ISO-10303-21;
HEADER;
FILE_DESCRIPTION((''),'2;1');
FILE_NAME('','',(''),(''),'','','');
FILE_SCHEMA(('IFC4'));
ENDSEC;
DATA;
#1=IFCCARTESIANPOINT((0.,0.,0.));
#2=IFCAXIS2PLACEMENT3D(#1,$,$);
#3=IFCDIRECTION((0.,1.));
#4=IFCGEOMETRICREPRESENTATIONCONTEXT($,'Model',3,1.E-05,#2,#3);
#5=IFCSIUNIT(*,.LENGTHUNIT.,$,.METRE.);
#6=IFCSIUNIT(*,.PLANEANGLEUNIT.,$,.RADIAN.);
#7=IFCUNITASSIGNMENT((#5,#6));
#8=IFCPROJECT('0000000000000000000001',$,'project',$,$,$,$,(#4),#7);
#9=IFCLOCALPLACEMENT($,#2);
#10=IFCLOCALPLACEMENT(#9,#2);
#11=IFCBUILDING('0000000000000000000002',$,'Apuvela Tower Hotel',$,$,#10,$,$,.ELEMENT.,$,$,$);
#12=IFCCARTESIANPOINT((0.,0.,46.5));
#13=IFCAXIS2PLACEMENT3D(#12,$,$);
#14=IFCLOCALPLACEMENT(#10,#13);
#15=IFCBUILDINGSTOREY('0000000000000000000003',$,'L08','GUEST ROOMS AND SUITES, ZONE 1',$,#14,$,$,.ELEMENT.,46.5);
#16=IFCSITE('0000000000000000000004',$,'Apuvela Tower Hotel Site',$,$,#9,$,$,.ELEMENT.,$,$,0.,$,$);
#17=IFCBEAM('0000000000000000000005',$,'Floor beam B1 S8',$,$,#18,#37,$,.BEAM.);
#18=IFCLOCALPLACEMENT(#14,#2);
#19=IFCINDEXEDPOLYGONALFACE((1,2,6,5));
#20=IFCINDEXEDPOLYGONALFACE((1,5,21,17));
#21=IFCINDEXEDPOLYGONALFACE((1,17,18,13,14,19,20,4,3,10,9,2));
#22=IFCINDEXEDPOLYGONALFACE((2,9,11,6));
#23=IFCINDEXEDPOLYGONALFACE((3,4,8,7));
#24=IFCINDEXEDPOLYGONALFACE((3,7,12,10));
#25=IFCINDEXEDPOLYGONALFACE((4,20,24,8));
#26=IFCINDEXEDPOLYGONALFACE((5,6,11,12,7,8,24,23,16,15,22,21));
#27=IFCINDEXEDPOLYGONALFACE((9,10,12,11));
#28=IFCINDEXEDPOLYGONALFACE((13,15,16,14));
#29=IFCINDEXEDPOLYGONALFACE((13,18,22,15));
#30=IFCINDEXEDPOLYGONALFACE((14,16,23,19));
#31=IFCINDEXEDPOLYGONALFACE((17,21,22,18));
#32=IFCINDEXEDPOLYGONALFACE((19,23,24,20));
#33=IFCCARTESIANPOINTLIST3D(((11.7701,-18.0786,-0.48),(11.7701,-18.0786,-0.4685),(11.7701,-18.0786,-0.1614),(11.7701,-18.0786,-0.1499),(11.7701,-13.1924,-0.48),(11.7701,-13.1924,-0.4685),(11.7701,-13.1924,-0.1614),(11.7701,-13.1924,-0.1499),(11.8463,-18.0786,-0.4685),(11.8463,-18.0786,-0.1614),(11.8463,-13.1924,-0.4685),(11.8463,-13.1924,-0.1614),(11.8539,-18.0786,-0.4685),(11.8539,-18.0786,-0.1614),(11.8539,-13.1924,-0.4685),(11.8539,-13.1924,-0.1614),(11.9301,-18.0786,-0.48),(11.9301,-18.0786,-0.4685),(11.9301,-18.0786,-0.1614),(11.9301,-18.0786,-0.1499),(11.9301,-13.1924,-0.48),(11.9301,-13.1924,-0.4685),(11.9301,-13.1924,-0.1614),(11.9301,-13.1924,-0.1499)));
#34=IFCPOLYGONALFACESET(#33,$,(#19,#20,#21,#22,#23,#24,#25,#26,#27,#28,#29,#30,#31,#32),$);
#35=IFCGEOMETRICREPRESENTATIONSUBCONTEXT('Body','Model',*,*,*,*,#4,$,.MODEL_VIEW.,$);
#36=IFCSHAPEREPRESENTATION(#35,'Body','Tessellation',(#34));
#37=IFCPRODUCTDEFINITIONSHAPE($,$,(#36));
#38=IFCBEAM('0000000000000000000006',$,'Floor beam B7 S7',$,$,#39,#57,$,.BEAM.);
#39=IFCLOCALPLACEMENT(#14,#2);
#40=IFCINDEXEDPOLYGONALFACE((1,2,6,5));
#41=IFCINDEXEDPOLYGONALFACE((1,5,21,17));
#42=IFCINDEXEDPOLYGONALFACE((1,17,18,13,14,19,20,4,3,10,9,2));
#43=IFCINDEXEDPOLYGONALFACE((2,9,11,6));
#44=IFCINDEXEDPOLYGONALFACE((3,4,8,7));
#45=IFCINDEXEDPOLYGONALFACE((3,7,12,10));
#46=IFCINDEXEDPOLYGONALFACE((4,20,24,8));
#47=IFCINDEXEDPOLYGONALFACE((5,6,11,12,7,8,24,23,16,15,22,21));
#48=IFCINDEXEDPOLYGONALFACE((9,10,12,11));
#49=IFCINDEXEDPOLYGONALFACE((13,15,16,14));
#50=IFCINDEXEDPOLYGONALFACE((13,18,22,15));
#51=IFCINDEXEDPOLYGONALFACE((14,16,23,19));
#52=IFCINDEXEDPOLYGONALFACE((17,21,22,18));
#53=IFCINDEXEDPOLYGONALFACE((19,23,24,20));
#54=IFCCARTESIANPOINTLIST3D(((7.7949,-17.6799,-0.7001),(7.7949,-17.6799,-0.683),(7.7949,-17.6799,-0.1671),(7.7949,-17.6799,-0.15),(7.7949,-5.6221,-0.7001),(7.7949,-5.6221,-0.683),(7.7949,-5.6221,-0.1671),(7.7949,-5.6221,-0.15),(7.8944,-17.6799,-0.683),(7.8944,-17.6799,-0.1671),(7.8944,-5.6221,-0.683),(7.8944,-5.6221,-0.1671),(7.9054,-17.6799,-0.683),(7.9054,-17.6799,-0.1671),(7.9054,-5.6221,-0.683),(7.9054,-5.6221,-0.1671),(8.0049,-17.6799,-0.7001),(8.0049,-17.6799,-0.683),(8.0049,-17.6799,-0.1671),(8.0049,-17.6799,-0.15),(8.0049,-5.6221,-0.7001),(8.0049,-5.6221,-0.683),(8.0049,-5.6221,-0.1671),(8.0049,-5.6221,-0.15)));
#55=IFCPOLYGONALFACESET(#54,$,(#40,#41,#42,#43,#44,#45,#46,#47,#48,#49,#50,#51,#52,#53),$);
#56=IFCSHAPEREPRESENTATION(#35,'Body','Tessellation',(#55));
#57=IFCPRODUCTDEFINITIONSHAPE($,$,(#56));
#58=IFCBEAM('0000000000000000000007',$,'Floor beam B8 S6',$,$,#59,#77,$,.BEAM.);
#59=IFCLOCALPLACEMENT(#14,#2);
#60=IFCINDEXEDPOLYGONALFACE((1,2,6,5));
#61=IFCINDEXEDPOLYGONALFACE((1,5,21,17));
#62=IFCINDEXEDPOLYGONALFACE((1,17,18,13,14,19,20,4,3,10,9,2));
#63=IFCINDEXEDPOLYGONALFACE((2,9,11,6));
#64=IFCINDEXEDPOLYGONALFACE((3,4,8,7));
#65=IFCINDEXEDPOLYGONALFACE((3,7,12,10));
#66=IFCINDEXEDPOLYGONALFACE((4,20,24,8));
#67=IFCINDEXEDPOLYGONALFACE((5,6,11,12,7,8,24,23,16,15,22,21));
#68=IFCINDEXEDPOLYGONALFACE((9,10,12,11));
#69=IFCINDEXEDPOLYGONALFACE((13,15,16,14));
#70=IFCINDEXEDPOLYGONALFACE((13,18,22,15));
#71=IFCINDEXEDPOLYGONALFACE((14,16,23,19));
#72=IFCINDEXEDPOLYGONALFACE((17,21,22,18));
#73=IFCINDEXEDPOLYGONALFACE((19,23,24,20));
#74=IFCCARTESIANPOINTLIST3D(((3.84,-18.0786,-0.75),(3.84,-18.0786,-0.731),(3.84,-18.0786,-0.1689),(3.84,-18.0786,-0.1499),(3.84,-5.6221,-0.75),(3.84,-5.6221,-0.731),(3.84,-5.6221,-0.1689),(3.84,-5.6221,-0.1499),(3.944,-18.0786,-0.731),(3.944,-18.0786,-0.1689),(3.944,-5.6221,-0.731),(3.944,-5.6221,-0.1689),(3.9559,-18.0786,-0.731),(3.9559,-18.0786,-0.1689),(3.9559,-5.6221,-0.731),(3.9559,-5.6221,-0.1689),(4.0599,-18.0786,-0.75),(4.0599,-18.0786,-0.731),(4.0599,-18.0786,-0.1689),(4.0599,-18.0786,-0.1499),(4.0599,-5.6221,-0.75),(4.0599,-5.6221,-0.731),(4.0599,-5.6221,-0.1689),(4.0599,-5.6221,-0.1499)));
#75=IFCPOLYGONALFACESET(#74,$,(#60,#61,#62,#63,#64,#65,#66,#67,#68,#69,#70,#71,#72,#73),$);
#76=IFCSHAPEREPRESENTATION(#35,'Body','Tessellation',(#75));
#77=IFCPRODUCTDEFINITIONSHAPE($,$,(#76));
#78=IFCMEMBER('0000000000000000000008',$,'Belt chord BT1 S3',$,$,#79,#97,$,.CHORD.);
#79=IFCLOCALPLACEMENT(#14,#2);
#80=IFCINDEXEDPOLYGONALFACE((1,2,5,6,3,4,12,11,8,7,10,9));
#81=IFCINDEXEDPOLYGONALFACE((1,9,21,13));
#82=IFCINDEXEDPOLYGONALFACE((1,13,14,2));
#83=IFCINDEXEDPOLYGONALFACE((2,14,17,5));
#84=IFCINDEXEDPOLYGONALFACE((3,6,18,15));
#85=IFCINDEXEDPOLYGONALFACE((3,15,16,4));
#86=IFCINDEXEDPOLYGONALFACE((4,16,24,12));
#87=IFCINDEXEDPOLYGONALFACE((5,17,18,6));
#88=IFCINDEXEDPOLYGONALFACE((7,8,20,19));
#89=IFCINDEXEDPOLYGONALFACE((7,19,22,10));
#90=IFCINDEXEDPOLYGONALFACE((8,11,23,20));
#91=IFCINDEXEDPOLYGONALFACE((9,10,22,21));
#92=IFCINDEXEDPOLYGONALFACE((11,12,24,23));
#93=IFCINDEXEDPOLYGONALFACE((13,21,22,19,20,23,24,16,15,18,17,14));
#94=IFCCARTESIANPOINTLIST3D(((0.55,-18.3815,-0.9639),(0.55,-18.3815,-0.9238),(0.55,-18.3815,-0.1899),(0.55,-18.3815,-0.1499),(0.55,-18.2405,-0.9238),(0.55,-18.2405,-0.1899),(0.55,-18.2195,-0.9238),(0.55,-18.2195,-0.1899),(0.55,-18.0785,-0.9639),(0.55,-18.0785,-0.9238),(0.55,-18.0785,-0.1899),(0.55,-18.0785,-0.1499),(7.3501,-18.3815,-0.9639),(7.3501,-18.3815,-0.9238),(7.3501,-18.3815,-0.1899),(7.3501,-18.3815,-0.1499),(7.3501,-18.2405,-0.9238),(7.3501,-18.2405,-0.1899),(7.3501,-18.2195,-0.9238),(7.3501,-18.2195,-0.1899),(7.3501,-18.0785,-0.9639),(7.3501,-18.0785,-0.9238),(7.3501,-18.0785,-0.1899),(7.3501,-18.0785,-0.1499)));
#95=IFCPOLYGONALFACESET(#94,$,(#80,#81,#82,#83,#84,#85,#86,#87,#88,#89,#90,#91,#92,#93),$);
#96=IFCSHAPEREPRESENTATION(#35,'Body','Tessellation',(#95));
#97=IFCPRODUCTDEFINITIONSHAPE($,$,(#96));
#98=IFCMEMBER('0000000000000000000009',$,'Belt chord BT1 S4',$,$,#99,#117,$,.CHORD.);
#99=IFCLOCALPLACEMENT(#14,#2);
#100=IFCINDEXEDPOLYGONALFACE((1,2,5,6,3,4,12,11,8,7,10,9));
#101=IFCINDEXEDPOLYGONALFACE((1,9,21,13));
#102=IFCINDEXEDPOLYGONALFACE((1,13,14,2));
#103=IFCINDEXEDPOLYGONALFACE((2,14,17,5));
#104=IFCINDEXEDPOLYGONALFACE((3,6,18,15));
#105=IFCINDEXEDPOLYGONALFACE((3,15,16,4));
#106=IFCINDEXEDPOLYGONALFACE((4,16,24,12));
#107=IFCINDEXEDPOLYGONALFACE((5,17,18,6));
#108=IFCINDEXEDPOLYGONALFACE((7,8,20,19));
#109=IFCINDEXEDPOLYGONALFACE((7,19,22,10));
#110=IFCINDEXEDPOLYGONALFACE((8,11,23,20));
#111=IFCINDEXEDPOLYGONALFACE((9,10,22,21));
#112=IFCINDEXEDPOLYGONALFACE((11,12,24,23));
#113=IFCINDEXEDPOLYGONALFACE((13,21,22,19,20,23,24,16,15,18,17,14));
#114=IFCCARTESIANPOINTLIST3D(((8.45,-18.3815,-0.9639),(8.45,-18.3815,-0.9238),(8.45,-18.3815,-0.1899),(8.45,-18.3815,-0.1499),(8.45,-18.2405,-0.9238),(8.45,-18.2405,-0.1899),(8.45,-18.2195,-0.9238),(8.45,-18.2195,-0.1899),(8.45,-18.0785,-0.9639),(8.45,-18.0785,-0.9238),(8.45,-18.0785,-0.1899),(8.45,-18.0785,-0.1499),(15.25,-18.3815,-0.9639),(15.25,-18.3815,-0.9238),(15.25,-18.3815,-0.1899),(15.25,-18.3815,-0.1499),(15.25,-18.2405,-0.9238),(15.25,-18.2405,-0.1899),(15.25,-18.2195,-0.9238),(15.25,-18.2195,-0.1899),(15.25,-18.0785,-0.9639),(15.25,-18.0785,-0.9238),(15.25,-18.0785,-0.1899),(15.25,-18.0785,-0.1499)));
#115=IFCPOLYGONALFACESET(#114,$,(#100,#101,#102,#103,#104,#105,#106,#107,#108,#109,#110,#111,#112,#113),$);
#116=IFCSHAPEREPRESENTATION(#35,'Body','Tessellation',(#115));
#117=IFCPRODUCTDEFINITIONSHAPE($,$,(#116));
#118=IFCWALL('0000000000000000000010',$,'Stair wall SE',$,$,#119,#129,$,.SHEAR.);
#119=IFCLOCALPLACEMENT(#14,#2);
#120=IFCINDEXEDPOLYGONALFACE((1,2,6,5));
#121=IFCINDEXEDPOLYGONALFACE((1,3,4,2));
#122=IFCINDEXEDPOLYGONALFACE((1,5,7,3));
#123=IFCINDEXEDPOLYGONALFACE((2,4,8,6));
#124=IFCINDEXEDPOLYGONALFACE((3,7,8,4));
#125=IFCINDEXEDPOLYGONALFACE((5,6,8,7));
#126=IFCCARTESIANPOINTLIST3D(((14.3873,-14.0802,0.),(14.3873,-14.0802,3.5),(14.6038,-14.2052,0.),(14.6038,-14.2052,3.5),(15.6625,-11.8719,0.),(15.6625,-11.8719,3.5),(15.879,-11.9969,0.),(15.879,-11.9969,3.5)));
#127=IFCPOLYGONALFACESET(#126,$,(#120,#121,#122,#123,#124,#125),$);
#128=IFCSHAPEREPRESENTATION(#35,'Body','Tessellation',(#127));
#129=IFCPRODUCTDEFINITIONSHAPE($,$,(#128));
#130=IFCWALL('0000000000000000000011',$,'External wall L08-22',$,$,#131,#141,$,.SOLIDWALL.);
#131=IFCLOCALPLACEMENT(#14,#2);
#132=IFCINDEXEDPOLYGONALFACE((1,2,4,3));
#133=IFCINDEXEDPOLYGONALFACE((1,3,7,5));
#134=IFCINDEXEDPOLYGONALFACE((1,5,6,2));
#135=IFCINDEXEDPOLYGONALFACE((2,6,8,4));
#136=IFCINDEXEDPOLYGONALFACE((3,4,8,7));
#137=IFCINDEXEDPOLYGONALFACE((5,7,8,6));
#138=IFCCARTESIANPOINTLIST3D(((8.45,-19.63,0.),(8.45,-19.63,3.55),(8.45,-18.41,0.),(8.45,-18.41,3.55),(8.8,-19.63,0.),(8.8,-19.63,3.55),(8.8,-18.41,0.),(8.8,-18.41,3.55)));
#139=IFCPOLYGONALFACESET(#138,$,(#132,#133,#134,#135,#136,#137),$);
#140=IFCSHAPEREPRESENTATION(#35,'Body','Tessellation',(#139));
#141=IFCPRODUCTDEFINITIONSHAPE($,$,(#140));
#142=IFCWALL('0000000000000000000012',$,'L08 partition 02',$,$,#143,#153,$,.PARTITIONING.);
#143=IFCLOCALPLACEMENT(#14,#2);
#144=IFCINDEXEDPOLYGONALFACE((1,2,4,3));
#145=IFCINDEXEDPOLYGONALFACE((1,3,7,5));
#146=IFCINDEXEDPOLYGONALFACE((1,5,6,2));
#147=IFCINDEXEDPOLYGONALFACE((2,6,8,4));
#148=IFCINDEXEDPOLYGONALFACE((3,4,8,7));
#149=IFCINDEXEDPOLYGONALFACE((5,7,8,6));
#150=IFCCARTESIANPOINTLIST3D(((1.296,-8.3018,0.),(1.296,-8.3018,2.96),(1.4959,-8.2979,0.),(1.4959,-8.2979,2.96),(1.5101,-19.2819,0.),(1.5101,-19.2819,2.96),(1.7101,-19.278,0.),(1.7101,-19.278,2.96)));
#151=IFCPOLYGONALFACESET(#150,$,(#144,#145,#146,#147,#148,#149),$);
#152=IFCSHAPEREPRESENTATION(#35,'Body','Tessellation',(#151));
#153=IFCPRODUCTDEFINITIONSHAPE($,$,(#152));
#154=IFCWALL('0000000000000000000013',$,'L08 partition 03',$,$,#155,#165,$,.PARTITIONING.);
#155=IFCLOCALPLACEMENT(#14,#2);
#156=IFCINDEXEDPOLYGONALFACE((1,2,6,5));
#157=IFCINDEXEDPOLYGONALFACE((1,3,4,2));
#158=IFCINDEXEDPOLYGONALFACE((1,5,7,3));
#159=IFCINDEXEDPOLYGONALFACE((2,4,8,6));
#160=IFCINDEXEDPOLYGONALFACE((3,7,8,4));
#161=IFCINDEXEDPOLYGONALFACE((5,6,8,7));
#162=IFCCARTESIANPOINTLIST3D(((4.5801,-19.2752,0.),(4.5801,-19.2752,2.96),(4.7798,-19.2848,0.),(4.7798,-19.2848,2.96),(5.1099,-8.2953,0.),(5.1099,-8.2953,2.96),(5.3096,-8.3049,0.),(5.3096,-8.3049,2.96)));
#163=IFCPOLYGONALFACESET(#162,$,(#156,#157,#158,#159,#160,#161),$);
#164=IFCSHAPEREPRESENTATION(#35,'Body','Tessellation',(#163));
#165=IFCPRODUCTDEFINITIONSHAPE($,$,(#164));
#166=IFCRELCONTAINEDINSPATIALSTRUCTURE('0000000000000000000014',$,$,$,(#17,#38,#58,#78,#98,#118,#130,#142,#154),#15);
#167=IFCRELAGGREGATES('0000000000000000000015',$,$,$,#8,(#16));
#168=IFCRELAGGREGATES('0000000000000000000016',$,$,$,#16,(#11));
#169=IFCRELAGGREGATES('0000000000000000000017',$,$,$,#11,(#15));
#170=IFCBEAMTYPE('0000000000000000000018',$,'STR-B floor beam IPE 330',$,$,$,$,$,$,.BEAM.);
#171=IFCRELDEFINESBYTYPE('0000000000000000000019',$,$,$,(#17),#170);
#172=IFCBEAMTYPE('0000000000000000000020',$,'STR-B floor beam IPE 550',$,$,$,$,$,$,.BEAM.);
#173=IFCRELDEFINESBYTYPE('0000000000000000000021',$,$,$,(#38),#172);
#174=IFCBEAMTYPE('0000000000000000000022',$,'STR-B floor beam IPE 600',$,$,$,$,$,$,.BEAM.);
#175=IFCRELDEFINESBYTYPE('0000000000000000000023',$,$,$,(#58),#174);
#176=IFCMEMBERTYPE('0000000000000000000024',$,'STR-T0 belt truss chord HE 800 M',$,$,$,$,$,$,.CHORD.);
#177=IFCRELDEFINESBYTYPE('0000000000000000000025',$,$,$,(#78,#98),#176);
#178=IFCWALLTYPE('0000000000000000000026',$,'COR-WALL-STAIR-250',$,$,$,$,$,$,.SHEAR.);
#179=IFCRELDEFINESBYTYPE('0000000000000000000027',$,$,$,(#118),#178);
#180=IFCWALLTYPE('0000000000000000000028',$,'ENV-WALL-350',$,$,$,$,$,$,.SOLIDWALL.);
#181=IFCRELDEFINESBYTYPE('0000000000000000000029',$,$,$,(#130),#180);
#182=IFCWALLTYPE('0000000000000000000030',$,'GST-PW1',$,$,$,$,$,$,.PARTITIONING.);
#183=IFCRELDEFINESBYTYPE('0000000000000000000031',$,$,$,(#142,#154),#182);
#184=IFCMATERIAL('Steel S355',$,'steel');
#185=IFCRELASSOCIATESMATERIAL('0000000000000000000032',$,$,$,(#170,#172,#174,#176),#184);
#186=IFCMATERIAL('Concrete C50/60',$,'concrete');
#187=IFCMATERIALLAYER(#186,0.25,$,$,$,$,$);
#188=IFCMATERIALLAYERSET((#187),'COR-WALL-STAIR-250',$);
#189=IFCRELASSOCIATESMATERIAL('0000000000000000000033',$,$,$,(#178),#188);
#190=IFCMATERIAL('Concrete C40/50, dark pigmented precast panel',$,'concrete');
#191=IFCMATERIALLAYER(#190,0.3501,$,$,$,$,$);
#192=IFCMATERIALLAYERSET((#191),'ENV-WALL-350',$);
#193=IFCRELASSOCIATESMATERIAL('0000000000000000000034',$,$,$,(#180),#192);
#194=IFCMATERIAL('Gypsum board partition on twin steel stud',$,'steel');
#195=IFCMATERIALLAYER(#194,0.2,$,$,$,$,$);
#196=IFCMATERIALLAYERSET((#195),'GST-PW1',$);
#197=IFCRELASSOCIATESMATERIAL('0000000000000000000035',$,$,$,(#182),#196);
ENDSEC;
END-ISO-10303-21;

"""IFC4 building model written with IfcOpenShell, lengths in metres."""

from ifc_helpers import new_model, si_unit, direction, frame, frame_2d, origin, origin_2d, place, context, subcontext, project, spatial, rectangle, i_section, extrude, material, layer, layer_set, material_profile, profile_set, type_object, element, save


model = new_model("IFC4")

# Units and contexts
model_context = context("Model", 3, precision=1e-05, world=origin(), true_north=direction((0.0, 1.0)))
body_context = subcontext(model_context, "Body", "Model", "MODEL_VIEW")
ifc_project = project(units=[si_unit("LENGTHUNIT", "METRE"), si_unit("PLANEANGLEUNIT", "RADIAN")], contexts=[model_context])

# Site, building, storey
site_placement = place(None, origin())
site = spatial("IfcSite", under=ifc_project, at=site_placement, Name="Apuvela Tower Hotel Site", CompositionType="ELEMENT", RefElevation=0.0)
building_placement = place(site_placement, origin())
building = spatial("IfcBuilding", under=site, at=building_placement, Name="Apuvela Tower Hotel", CompositionType="ELEMENT")
storey_placement = place(building_placement, frame((0.0, 0.0, 46.5)))
storey = spatial("IfcBuildingStorey", under=building, at=storey_placement, Name="L08", Description="GUEST ROOMS AND SUITES, ZONE 1", CompositionType="ELEMENT", Elevation=46.5)

# Beams
ifc_material_1 = material(Name="Steel S355", Category="steel")
ifc_material_profile_1 = material_profile(ifc_material_1, i_section(OverallWidth=0.1599, OverallDepth=0.3301, WebThickness=0.0076, FlangeThickness=0.0115, at=origin_2d()), Name="IPE 330")
ifc_profile_set_1 = profile_set([ifc_material_profile_1], Name="Steel S355")
beam_type_1 = type_object("IfcBeamType", Name="STR-B floor beam IPE 330", PredefinedType="BEAM", material=ifc_profile_set_1)
beam_1_placement = place(storey_placement, frame((11.8501, -18.0786, -0.3149), z_axis=(0.0, 1.0, 0.0), x_axis=(-1.0, 0.0, 0.0)))
element("IfcBeam", 1, at=beam_1_placement, inside=storey, type_object=beam_type_1, Name="Floor beam B1 S8", PredefinedType="BEAM", context=body_context, shape_type="SweptSolid", body=[
    extrude(i_section(OverallWidth=0.1599, OverallDepth=0.3301, WebThickness=0.0076, FlangeThickness=0.0115, at=origin_2d()), origin(), (0.0, 0.0, 1.0), 4.8862),
])
ifc_material_profile_2 = material_profile(ifc_material_1, i_section(OverallWidth=0.21, OverallDepth=0.55, WebThickness=0.011, FlangeThickness=0.0171, at=origin_2d()), Name="IPE 550")
ifc_profile_set_2 = profile_set([ifc_material_profile_2], Name="Steel S355")
beam_type_2 = type_object("IfcBeamType", Name="STR-B floor beam IPE 550", PredefinedType="BEAM", material=ifc_profile_set_2)
beam_2_placement = place(storey_placement, frame((7.8999, -17.6799, -0.425), z_axis=(0.0, 1.0, 0.0), x_axis=(-1.0, 0.0, 0.0)))
element("IfcBeam", 2, at=beam_2_placement, inside=storey, type_object=beam_type_2, Name="Floor beam B7 S7", PredefinedType="BEAM", context=body_context, shape_type="SweptSolid", body=[
    extrude(i_section(OverallWidth=0.21, OverallDepth=0.55, WebThickness=0.011, FlangeThickness=0.0171, at=origin_2d()), origin(), (0.0, 0.0, 1.0), 12.0579),
])
ifc_material_profile_3 = material_profile(ifc_material_1, i_section(OverallWidth=0.22, OverallDepth=0.6001, WebThickness=0.012, FlangeThickness=0.019, at=origin_2d()), Name="IPE 600")
ifc_profile_set_3 = profile_set([ifc_material_profile_3], Name="Steel S355")
beam_type_3 = type_object("IfcBeamType", Name="STR-B floor beam IPE 600", PredefinedType="BEAM", material=ifc_profile_set_3)
beam_3_placement = place(storey_placement, frame((3.95, -18.0786, -0.45), z_axis=(0.0, 1.0, 0.0), x_axis=(-1.0, 0.0, 0.0)))
element("IfcBeam", 3, at=beam_3_placement, inside=storey, type_object=beam_type_3, Name="Floor beam B8 S6", PredefinedType="BEAM", context=body_context, shape_type="SweptSolid", body=[
    extrude(i_section(OverallWidth=0.22, OverallDepth=0.6001, WebThickness=0.012, FlangeThickness=0.019, at=origin_2d()), origin(), (0.0, 0.0, 1.0), 12.4565),
])

# Members
ifc_material_profile_4 = material_profile(ifc_material_1, i_section(OverallWidth=0.303, OverallDepth=0.814, WebThickness=0.021, FlangeThickness=0.04, at=origin_2d()), Name="HE 800 M")
ifc_profile_set_4 = profile_set([ifc_material_profile_4], Name="Steel S355")
member_type = type_object("IfcMemberType", Name="STR-T0 belt truss chord HE 800 M", PredefinedType="CHORD", material=ifc_profile_set_4)
for number, where, z_axis, x_axis, name in (
    (4, (0.55, -18.23, -0.5569), (1.0, 0.0, 0.0), (0.0, 1.0, 0.0), "Belt chord BT1 S3"),
    (5, (8.45, -18.23, -0.5569), (1.0, 0.0, 0.0), (0.0, 1.0, 0.0), "Belt chord BT1 S4"),
):
    element("IfcMember", number, at=place(storey_placement, frame(where, z_axis=z_axis, x_axis=x_axis)), inside=storey, type_object=member_type, Name=name, PredefinedType="CHORD", context=body_context, shape_type="SweptSolid", body=[
        extrude(i_section(OverallWidth=0.303, OverallDepth=0.814, WebThickness=0.021, FlangeThickness=0.04, at=origin_2d()), origin(), (0.0, 0.0, 1.0), 6.8),
    ])

# Walls
ifc_material_2 = material(Name="Concrete C50/60", Category="concrete")
ifc_layer_1 = layer(ifc_material_2, 0.25)
ifc_layer_set_1 = layer_set([ifc_layer_1], Name="COR-WALL-STAIR-250")
wall_type_1 = type_object("IfcWallType", Name="COR-WALL-STAIR-250", PredefinedType="SHEAR", material=ifc_layer_set_1)
wall_1_placement = place(storey_placement, frame((14.4956, -14.1426, 0.0), z_axis=(0.0, 0.0, 1.0), x_axis=(0.500062, 0.865989, 0.0)))
element("IfcWall", 6, at=wall_1_placement, inside=storey, type_object=wall_type_1, Name="Stair wall SE", PredefinedType="SHEAR", context=body_context, shape_type="SweptSolid", body=[
    extrude(rectangle(XDim=2.55, YDim=0.25, at=frame_2d((1.2749, 0.0))), origin(), (0.0, 0.0, 1.0), 3.5),
])
ifc_material_3 = material(Name="Concrete C40/50, dark pigmented precast panel", Category="concrete")
ifc_layer_2 = layer(ifc_material_3, 0.3501)
ifc_layer_set_2 = layer_set([ifc_layer_2], Name="ENV-WALL-350")
wall_type_2 = type_object("IfcWallType", Name="ENV-WALL-350", PredefinedType="SOLIDWALL", material=ifc_layer_set_2)
wall_2_placement = place(storey_placement, frame((8.625, -19.6299, 0.0), z_axis=(0.0, 0.0, 1.0), x_axis=(0.0, 1.0, 0.0)))
element("IfcWall", 7, at=wall_2_placement, inside=storey, type_object=wall_type_2, Name="External wall L08-22", PredefinedType="SOLIDWALL", context=body_context, shape_type="SweptSolid", body=[
    extrude(rectangle(XDim=1.22, YDim=0.3501, at=frame_2d((0.6099, 0.0))), origin(), (0.0, 0.0, 1.0), 3.55),
])

# Walls
ifc_material_4 = material(Name="Gypsum board partition on twin steel stud", Category="steel")
ifc_layer_3 = layer(ifc_material_4, 0.2)
ifc_layer_set_3 = layer_set([ifc_layer_3], Name="GST-PW1")
wall_type_3 = type_object("IfcWallType", Name="GST-PW1", PredefinedType="PARTITIONING", material=ifc_layer_set_3)
wall_3_placement = place(storey_placement, frame((1.6101, -19.28, 0.0), z_axis=(0.0, 0.0, 1.0), x_axis=(-0.019496, 0.99981, 0.0)))
element("IfcWall", 8, at=wall_3_placement, inside=storey, type_object=wall_type_3, Name="L08 partition 02", PredefinedType="PARTITIONING", context=body_context, shape_type="SweptSolid", body=[
    extrude(rectangle(XDim=10.9822, YDim=0.2, at=frame_2d((5.4912, 0.0))), origin(), (0.0, 0.0, 1.0), 2.96),
])
wall_4_placement = place(storey_placement, frame((4.6799, -19.28, 0.0), z_axis=(0.0, 0.0, 1.0), x_axis=(0.048194, 0.998838, 0.0)))
element("IfcWall", 9, at=wall_4_placement, inside=storey, type_object=wall_type_3, Name="L08 partition 03", PredefinedType="PARTITIONING", context=body_context, shape_type="SweptSolid", body=[
    extrude(rectangle(XDim=10.9927, YDim=0.2, at=frame_2d((5.4963, 0.0))), origin(), (0.0, 0.0, 1.0), 2.96),
])

save(model, "model.ifc")
